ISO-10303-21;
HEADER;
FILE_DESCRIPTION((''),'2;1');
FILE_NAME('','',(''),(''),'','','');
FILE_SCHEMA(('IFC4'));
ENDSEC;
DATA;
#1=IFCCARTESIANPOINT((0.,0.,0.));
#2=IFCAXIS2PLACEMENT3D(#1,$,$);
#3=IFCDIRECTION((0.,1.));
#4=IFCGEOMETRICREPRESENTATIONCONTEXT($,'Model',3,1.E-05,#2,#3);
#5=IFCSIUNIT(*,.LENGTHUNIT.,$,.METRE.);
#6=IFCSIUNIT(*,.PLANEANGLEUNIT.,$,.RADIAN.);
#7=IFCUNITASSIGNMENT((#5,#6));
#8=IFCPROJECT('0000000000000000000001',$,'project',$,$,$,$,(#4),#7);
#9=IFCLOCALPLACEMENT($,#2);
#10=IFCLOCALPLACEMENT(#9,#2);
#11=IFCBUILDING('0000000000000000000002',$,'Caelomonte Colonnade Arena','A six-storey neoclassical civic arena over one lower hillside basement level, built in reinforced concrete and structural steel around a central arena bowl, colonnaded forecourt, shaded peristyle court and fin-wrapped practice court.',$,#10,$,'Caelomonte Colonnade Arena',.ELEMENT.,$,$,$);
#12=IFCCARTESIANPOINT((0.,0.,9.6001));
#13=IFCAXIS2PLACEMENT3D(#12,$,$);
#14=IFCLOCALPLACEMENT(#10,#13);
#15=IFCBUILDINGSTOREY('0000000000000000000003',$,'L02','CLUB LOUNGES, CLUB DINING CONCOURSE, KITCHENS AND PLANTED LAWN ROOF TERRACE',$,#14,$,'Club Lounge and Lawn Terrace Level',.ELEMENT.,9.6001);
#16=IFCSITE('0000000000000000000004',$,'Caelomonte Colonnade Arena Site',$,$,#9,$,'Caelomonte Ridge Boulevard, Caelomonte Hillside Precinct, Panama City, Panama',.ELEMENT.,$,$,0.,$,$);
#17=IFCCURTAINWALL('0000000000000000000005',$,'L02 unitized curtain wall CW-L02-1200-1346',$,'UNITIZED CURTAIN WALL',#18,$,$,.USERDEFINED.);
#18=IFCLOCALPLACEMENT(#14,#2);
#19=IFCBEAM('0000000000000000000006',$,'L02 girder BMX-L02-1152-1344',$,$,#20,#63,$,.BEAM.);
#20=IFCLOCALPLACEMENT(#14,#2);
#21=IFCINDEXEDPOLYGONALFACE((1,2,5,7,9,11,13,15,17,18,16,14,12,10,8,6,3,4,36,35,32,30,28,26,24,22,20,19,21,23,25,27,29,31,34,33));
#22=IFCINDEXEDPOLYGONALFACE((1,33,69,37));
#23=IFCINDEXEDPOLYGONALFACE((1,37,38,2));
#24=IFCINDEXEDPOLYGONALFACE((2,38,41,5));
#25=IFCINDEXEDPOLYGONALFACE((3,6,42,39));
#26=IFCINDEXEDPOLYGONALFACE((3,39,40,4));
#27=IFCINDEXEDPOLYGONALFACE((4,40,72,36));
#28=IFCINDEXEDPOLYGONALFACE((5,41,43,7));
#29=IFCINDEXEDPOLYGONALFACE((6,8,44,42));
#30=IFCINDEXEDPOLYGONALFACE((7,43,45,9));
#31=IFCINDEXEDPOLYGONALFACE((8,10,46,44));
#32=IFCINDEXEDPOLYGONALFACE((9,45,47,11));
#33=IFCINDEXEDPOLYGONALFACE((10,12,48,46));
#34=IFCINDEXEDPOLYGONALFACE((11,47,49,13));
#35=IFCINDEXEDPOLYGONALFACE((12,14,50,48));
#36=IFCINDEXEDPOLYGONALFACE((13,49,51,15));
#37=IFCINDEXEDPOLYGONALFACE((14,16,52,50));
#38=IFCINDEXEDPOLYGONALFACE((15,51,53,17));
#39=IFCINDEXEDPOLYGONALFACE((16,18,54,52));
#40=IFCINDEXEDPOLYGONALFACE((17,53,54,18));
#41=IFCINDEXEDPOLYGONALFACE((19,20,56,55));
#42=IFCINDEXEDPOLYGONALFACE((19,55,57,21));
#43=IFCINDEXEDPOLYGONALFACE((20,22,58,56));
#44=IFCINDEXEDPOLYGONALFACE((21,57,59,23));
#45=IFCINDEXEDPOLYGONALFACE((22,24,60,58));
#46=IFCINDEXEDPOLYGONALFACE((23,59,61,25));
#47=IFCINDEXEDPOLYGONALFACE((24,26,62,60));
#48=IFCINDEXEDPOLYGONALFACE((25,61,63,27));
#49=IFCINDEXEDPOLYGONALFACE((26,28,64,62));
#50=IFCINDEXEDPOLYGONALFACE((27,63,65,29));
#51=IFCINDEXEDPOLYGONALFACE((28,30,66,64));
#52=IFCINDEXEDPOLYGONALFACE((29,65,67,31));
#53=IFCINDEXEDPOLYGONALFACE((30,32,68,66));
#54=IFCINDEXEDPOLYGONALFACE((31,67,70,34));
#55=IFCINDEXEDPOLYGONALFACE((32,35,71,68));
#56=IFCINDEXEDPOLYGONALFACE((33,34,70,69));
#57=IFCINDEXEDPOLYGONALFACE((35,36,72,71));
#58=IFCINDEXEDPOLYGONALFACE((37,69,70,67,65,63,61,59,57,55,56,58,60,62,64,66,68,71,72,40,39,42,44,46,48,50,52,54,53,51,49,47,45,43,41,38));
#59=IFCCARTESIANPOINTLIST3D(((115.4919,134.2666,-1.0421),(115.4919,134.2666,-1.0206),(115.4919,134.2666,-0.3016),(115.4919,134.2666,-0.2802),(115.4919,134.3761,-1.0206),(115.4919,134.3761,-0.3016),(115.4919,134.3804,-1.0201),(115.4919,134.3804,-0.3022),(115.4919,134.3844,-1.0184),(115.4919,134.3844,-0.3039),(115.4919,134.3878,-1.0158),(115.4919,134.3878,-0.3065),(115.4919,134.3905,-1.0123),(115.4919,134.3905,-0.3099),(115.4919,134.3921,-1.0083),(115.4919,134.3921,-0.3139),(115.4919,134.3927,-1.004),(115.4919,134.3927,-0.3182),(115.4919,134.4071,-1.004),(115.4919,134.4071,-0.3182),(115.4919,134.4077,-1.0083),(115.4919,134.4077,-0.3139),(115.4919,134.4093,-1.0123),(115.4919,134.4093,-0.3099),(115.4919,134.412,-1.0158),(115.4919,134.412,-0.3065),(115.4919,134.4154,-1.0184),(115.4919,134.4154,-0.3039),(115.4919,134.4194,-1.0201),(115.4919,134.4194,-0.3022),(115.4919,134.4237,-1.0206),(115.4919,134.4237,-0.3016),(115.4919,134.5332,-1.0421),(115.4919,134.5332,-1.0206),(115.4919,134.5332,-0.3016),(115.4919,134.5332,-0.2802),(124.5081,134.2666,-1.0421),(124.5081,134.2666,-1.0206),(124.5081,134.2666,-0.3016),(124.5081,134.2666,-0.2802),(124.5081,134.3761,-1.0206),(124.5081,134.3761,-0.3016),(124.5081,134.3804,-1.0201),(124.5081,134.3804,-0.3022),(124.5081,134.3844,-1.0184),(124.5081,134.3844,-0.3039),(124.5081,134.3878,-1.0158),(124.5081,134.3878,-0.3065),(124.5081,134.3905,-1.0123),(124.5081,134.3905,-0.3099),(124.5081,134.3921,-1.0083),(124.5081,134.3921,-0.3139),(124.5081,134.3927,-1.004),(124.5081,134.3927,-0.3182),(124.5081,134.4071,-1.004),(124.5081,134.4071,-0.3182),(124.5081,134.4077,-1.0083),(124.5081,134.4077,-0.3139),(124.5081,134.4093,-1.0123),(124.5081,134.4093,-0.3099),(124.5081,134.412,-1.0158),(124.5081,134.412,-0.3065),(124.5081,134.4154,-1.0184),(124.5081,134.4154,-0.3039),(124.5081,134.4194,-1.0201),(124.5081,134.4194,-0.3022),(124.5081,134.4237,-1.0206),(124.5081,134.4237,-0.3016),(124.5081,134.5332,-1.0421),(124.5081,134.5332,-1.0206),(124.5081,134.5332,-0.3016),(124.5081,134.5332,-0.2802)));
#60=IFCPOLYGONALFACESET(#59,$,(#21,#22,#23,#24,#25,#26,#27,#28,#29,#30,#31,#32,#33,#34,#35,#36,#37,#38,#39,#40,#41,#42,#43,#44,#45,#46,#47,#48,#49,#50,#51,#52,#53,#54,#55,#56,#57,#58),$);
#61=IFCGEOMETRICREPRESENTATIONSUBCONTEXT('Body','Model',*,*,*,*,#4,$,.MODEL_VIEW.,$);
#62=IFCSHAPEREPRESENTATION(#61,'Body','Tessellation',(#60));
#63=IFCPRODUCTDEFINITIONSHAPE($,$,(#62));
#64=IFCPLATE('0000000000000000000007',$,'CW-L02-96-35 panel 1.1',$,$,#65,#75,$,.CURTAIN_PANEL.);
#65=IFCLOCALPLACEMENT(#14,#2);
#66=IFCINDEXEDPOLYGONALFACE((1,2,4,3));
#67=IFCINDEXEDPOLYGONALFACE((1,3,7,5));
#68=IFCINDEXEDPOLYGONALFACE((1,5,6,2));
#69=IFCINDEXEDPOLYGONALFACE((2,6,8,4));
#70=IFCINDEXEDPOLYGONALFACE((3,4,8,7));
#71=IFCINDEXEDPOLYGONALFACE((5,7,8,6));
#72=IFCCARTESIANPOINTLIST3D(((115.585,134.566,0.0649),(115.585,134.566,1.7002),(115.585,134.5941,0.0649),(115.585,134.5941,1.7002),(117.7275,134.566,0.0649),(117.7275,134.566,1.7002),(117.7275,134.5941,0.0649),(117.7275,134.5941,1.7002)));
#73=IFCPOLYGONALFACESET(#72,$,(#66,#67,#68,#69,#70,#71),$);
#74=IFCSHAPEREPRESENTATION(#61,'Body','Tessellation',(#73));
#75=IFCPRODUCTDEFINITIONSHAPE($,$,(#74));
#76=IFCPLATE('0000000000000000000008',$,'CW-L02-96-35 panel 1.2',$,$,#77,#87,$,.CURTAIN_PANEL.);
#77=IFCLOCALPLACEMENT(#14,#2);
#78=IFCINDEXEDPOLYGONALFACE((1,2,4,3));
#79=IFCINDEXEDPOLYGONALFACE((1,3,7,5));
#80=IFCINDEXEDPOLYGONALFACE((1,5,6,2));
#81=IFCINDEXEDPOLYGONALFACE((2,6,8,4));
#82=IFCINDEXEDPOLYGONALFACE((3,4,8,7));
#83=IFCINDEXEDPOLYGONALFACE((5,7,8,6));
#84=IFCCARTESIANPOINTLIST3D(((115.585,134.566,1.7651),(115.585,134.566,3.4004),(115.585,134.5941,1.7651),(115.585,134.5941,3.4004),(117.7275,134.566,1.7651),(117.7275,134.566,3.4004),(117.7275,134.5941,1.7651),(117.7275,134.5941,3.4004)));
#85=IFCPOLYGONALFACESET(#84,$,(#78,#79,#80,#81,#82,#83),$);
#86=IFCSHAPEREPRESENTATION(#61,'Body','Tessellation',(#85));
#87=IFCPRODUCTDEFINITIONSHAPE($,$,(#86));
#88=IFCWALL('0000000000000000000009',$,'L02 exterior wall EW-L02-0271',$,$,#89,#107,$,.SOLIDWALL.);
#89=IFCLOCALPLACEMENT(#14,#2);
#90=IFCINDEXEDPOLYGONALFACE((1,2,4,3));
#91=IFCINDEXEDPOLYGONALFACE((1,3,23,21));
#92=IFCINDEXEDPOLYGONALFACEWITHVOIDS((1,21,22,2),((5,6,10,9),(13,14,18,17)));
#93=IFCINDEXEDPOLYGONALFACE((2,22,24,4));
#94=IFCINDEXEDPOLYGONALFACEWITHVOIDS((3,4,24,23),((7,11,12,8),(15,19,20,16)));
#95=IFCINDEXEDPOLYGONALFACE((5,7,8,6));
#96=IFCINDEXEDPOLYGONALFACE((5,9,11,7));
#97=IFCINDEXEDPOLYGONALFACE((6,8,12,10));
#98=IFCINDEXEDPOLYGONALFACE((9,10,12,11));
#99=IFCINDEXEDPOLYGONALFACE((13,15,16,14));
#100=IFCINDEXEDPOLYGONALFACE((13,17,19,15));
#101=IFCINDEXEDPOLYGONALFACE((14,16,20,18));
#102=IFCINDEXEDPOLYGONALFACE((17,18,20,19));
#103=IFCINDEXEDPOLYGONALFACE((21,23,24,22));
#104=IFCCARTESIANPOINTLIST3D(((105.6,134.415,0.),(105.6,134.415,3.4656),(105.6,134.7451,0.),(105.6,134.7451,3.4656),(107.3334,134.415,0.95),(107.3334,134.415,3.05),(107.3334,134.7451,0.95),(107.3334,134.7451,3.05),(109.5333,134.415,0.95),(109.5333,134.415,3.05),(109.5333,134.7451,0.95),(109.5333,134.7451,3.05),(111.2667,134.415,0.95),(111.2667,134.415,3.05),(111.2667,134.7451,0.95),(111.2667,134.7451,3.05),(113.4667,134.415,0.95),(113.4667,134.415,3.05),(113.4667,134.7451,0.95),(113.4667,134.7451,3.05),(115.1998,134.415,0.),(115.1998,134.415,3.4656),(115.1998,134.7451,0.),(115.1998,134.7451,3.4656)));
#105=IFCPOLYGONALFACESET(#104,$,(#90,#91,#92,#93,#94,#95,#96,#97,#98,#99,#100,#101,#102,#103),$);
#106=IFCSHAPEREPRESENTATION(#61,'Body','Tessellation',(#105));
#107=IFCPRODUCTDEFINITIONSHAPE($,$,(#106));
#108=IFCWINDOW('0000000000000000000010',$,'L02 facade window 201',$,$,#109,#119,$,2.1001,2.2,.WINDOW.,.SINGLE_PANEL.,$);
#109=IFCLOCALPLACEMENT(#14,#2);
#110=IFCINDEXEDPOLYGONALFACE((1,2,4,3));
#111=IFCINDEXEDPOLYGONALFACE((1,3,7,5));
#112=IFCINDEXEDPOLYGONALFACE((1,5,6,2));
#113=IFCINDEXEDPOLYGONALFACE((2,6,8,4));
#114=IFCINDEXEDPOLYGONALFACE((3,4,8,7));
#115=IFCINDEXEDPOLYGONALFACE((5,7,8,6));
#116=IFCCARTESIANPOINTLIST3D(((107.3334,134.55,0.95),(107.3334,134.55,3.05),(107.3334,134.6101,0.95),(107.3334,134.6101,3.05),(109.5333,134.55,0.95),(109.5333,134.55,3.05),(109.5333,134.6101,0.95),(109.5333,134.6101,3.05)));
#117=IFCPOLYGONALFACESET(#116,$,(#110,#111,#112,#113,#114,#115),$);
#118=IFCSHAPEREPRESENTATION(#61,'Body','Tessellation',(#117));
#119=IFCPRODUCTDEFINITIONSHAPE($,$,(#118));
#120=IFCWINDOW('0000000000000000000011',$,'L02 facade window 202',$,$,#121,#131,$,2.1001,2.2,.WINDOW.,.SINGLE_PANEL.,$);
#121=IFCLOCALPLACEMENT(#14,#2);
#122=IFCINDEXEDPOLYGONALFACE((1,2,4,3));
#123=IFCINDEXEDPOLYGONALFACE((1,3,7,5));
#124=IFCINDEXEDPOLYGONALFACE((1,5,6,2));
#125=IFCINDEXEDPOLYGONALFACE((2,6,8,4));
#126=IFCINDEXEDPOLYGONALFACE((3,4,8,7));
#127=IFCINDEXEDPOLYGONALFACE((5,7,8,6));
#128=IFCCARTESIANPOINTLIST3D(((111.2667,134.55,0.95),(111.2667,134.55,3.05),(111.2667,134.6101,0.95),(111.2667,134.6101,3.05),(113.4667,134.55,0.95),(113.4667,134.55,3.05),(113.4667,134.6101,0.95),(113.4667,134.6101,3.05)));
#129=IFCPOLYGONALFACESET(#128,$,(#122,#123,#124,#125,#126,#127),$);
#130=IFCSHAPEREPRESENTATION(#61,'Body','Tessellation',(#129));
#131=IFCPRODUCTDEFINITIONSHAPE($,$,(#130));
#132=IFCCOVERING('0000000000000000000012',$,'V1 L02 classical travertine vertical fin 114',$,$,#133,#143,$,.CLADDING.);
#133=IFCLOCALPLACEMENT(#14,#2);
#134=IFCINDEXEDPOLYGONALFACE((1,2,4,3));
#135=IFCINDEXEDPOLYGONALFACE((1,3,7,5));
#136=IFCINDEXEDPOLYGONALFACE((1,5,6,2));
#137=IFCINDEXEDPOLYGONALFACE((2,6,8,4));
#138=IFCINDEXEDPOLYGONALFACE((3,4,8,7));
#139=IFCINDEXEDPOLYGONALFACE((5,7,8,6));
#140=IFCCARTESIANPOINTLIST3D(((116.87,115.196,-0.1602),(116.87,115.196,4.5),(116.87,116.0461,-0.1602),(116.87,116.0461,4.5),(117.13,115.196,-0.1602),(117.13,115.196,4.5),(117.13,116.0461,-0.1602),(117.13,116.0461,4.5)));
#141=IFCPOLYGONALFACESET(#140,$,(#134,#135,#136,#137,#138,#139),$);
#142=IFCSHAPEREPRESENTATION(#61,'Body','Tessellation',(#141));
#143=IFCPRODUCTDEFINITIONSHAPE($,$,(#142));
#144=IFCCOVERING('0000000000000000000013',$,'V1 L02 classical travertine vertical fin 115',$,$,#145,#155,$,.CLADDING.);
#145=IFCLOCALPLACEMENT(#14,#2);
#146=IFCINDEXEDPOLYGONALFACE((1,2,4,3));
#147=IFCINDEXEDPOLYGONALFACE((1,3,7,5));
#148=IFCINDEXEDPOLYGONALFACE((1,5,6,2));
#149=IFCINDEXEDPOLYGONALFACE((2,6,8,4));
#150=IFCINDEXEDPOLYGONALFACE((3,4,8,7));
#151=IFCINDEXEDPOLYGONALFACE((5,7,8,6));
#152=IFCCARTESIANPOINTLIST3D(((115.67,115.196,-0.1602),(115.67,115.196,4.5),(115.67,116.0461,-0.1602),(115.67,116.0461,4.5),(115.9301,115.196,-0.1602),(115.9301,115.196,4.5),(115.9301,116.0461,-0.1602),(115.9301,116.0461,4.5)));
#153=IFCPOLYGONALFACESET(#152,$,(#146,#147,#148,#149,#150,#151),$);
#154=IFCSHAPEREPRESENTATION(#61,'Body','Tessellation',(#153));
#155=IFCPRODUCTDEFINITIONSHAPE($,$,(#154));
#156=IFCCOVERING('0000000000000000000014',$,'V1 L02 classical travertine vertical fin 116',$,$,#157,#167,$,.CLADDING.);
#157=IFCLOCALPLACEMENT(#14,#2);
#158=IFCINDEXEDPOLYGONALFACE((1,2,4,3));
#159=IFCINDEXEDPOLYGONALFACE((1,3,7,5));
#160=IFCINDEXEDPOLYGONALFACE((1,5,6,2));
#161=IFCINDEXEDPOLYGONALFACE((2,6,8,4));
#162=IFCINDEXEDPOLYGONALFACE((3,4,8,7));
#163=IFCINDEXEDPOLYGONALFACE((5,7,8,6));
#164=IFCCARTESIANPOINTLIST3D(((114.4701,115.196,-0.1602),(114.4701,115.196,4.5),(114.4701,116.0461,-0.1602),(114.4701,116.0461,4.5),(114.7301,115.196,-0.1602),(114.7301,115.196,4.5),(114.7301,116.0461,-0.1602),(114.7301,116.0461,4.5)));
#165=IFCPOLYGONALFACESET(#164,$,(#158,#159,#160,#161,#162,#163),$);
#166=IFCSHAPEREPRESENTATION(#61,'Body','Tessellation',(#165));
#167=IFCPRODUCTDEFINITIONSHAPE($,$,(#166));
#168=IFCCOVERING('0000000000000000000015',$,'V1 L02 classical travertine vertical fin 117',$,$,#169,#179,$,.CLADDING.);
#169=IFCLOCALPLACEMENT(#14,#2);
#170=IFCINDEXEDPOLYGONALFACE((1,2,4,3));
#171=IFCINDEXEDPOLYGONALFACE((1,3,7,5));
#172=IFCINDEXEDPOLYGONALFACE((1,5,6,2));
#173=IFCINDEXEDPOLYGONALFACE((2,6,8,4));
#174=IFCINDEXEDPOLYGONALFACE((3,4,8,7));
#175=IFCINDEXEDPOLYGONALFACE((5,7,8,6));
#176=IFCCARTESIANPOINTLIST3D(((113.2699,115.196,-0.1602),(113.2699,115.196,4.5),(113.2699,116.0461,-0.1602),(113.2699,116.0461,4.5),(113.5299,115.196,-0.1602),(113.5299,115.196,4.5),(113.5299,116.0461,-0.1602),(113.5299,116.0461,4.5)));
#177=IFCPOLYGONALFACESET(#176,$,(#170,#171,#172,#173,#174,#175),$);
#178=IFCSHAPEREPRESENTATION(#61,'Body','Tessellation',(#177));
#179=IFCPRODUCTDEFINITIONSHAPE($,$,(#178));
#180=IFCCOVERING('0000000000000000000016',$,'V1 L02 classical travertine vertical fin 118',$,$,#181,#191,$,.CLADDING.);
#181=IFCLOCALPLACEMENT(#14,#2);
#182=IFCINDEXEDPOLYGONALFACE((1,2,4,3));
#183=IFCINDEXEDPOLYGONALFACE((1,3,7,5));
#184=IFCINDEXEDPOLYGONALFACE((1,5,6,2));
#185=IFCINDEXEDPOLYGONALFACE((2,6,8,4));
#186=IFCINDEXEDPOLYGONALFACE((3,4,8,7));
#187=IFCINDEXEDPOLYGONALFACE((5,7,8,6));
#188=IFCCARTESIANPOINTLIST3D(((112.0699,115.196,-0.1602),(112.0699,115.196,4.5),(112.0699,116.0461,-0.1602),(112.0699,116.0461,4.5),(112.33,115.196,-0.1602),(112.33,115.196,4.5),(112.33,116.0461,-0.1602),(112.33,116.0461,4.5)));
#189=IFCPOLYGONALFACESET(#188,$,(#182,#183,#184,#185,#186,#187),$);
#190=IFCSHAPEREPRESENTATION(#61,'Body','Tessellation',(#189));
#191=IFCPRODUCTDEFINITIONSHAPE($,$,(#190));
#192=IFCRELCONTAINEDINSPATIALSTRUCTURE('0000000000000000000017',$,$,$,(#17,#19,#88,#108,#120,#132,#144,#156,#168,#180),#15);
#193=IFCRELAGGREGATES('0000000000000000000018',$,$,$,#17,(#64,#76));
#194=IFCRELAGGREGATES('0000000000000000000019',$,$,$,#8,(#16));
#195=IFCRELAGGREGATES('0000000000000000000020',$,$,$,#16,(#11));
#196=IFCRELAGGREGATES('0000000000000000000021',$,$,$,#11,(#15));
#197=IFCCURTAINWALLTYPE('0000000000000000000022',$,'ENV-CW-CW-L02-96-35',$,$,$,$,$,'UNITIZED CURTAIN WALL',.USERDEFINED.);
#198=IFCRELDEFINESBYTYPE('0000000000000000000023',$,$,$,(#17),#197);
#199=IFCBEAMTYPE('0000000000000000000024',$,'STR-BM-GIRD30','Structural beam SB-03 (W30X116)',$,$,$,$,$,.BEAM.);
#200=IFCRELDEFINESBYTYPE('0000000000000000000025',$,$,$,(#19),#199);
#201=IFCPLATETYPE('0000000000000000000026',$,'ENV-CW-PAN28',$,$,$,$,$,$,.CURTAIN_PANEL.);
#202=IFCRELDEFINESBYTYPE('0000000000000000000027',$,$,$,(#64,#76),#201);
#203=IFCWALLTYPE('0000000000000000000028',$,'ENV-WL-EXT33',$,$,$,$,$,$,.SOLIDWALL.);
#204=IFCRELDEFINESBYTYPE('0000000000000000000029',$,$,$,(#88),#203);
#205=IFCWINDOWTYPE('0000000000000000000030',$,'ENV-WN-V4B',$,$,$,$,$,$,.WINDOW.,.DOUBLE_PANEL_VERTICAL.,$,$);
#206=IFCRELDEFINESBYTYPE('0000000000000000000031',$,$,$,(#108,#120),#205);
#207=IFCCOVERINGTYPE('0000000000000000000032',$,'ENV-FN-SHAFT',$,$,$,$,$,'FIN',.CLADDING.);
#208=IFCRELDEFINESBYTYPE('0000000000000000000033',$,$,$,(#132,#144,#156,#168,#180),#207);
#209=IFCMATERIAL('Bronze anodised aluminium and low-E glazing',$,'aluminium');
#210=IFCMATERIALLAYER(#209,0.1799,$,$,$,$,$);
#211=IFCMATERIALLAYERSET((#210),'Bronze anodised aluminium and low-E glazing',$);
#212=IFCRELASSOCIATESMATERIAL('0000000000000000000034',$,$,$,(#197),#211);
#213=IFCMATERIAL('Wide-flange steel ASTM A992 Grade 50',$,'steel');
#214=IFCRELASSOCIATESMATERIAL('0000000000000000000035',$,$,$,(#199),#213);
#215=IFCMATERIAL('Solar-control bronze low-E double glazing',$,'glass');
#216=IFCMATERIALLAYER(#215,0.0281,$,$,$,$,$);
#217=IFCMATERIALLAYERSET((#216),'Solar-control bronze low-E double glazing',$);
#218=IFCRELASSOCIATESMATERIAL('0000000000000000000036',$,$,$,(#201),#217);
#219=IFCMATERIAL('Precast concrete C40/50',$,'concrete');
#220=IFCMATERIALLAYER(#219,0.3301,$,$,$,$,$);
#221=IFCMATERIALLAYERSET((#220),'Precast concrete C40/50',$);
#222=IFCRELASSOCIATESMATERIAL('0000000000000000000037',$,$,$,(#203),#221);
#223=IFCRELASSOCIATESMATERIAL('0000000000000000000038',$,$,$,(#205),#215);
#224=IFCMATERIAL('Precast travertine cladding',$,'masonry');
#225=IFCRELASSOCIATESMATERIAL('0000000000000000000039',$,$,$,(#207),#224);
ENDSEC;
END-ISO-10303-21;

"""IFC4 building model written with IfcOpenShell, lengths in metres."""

from ifc_helpers import new_model, si_unit, direction, frame, frame_2d, origin, origin_2d, place, context, subcontext, project, spatial, rectangle, i_section, extrude, material, layer, layer_set, material_profile, profile_set, type_object, element, fill, aggregate, save


model = new_model("IFC4")

# Units and contexts
model_context = context("Model", 3, precision=1e-05, world=origin(), true_north=direction((0.0, 1.0)))
body_context = subcontext(model_context, "Body", "Model", "MODEL_VIEW")
ifc_project = project(units=[si_unit("LENGTHUNIT", "METRE"), si_unit("PLANEANGLEUNIT", "RADIAN")], contexts=[model_context])

# Site, building, storey
site_placement = place(None, origin())
site = spatial("IfcSite", under=ifc_project, at=site_placement, Name="Caelomonte Colonnade Arena Site", LongName="Caelomonte Ridge Boulevard, Caelomonte Hillside Precinct, Panama City, Panama", CompositionType="ELEMENT", RefElevation=0.0)
building_placement = place(site_placement, origin())
building = spatial("IfcBuilding", under=site, at=building_placement, Name="Caelomonte Colonnade Arena", Description="A six-storey neoclassical civic arena over one lower hillside basement level, built in reinforced concrete and structural steel around a central arena bowl, colonnaded forecourt, shaded peristyle court and fin-wrapped practice court.", LongName="Caelomonte Colonnade Arena", CompositionType="ELEMENT")
storey_placement = place(building_placement, frame((0.0, 0.0, 9.6001)))
storey = spatial("IfcBuildingStorey", under=building, at=storey_placement, Name="L02", Description="CLUB LOUNGES, CLUB DINING CONCOURSE, KITCHENS AND PLANTED LAWN ROOF TERRACE", LongName="Club Lounge and Lawn Terrace Level", CompositionType="ELEMENT", Elevation=9.6001)

# Curtain wall
ifc_material_1 = material(Name="Bronze anodised aluminium and low-E glazing", Category="aluminium")
ifc_layer_1 = layer(ifc_material_1, 0.1799)
ifc_layer_set_1 = layer_set([ifc_layer_1], Name="Bronze anodised aluminium and low-E glazing")
curtain_wall_type = type_object("IfcCurtainWallType", Name="ENV-CW-CW-L02-96-35", ElementType="UNITIZED CURTAIN WALL", PredefinedType="USERDEFINED", material=ifc_layer_set_1)
curtain_wall_placement = place(storey_placement, origin())
curtain_wall = element("IfcCurtainWall", 1, at=curtain_wall_placement, inside=storey, type_object=curtain_wall_type, Name="L02 unitized curtain wall CW-L02-1200-1346", ObjectType="UNITIZED CURTAIN WALL", PredefinedType="USERDEFINED")

# Beam
ifc_material_2 = material(Name="Wide-flange steel ASTM A992 Grade 50", Category="steel")
ifc_material_profile_1 = material_profile(ifc_material_2, i_section(OverallWidth=0.2666, OverallDepth=0.762, WebThickness=0.0144, FlangeThickness=0.0215, FilletRadius=0.0166, at=origin_2d()), Name="W30X116")
ifc_profile_set_1 = profile_set([ifc_material_profile_1], Name="Wide-flange steel ASTM A992 Grade 50")
beam_type = type_object("IfcBeamType", Name="STR-BM-GIRD30", Description="Structural beam SB-03 (W30X116)", PredefinedType="BEAM", material=ifc_profile_set_1)
beam_1_placement = place(storey_placement, frame((115.4919, 134.3999, -0.6611), z_axis=(1.0, 0.0, 0.0), x_axis=(0.0, 1.0, 0.0)))
element("IfcBeam", 2, at=beam_1_placement, inside=storey, type_object=beam_type, Name="L02 girder BMX-L02-1152-1344", PredefinedType="BEAM", context=body_context, shape_type="SweptSolid", body=[
    extrude(i_section(OverallWidth=0.2666, OverallDepth=0.762, WebThickness=0.0144, FlangeThickness=0.0215, FilletRadius=0.0166, at=origin_2d()), origin(), (0.0, 0.0, 1.0), 9.0161),
])

# Plates
ifc_material_3 = material(Name="Solar-control bronze low-E double glazing", Category="glass")
ifc_layer_2 = layer(ifc_material_3, 0.0281)
ifc_layer_set_2 = layer_set([ifc_layer_2], Name="Solar-control bronze low-E double glazing")
plate_type = type_object("IfcPlateType", Name="ENV-CW-PAN28", PredefinedType="CURTAIN_PANEL", material=ifc_layer_set_2)
plate_1_placement = place(storey_placement, frame((116.6562, 134.5801, 0.0649), z_axis=(0.0, 0.0, 1.0), x_axis=(1.0, 0.0, 0.0)))
plate_1 = element("IfcPlate", 3, at=plate_1_placement, type_object=plate_type, Name="CW-L02-96-35 panel 1.1", PredefinedType="CURTAIN_PANEL", context=body_context, shape_type="SweptSolid", body=[
    extrude(rectangle(XDim=2.1426, YDim=0.0281, at=origin_2d()), origin(), (0.0, 0.0, 1.0), 1.6353),
])
plate_2_placement = place(storey_placement, frame((116.6562, 134.5801, 1.7651), z_axis=(0.0, 0.0, 1.0), x_axis=(1.0, 0.0, 0.0)))
plate_2 = element("IfcPlate", 4, at=plate_2_placement, type_object=plate_type, Name="CW-L02-96-35 panel 1.2", PredefinedType="CURTAIN_PANEL", context=body_context, shape_type="SweptSolid", body=[
    extrude(rectangle(XDim=2.1426, YDim=0.0281, at=origin_2d()), origin(), (0.0, 0.0, 1.0), 1.6353),
])
aggregate(curtain_wall, [plate_1, plate_2])

# Wall, openings, windows
ifc_material_4 = material(Name="Precast concrete C40/50", Category="concrete")
ifc_layer_3 = layer(ifc_material_4, 0.3301)
ifc_layer_set_3 = layer_set([ifc_layer_3], Name="Precast concrete C40/50")
wall_type = type_object("IfcWallType", Name="ENV-WL-EXT33", PredefinedType="SOLIDWALL", material=ifc_layer_set_3)
wall_placement = place(storey_placement, frame((105.6001, 134.5801, 0.0), z_axis=(0.0, 0.0, 1.0), x_axis=(1.0, 0.0, 0.0)))
wall = element("IfcWall", 5, at=wall_placement, inside=storey, type_object=wall_type, Name="L02 exterior wall EW-L02-0271", PredefinedType="SOLIDWALL", context=body_context, shape_type="SweptSolid", body=[
    extrude(rectangle(XDim=9.5999, YDim=0.3301, at=frame_2d((4.7998, 0.0))), origin(), (0.0, 0.0, 1.0), 3.4656),
])
opening_1_placement = place(wall_placement, frame((3.9333, 0.0, 0.95), z_axis=(0.0, 0.0, 1.0), x_axis=(-1.0, 0.0, 0.0)))
opening_1 = element("IfcOpeningElement", 6, at=opening_1_placement, cuts=wall, PredefinedType="OPENING", context=body_context, shape_type="SweptSolid", body=[
    extrude(rectangle(XDim=2.2, YDim=2.1001, at=frame_2d((1.1001, 1.05))), frame((0.0, 0.175, 0.0), z_axis=(0.0, -1.0, 0.0), x_axis=(1.0, 0.0, 0.0)), (0.0, 0.0, 1.0), 0.3501),
])
opening_2_placement = place(wall_placement, frame((7.8667, 0.0, 0.95), z_axis=(0.0, 0.0, 1.0), x_axis=(-1.0, 0.0, 0.0)))
opening_2 = element("IfcOpeningElement", 7, at=opening_2_placement, cuts=wall, PredefinedType="OPENING", context=body_context, shape_type="SweptSolid", body=[
    extrude(rectangle(XDim=2.2, YDim=2.1001, at=frame_2d((1.1001, 1.05))), frame((0.0, 0.175, 0.0), z_axis=(0.0, -1.0, 0.0), x_axis=(1.0, 0.0, 0.0)), (0.0, 0.0, 1.0), 0.3501),
])
window_type = type_object("IfcWindowType", Name="ENV-WN-V4B", PartitioningType="DOUBLE_PANEL_VERTICAL", PredefinedType="WINDOW", material=ifc_material_3)
window_1_placement = place(opening_1_placement, origin())
window_1 = element("IfcWindow", 8, at=window_1_placement, inside=storey, type_object=window_type, Name="L02 facade window 201", OverallHeight=2.1001, OverallWidth=2.2, PartitioningType="SINGLE_PANEL", PredefinedType="WINDOW", context=body_context, shape_type="SweptSolid", body=[
    extrude(rectangle(XDim=2.2, YDim=2.1001, at=frame_2d((1.1001, 1.05))), frame((0.0, 0.03, 0.0), z_axis=(0.0, -1.0, 0.0), x_axis=(1.0, 0.0, 0.0)), (0.0, 0.0, 1.0), 0.0601),
])
fill(opening_1, window_1)
window_2_placement = place(opening_2_placement, origin())
window_2 = element("IfcWindow", 9, at=window_2_placement, inside=storey, type_object=window_type, Name="L02 facade window 202", OverallHeight=2.1001, OverallWidth=2.2, PartitioningType="SINGLE_PANEL", PredefinedType="WINDOW", context=body_context, shape_type="SweptSolid", body=[
    extrude(rectangle(XDim=2.2, YDim=2.1001, at=frame_2d((1.1001, 1.05))), frame((0.0, 0.03, 0.0), z_axis=(0.0, -1.0, 0.0), x_axis=(1.0, 0.0, 0.0)), (0.0, 0.0, 1.0), 0.0601),
])
fill(opening_2, window_2)

# Coverings
ifc_material_5 = material(Name="Precast travertine cladding", Category="masonry")
ifc_material_profile_2 = material_profile(ifc_material_5, rectangle(XDim=0.26, YDim=0.8501, at=origin_2d()), Name="FIN260X850")
ifc_profile_set_2 = profile_set([ifc_material_profile_2], Name="Precast travertine cladding")
covering_type = type_object("IfcCoveringType", Name="ENV-FN-SHAFT", ElementType="FIN", PredefinedType="CLADDING", material=ifc_profile_set_2)
for number, where, z_axis, x_axis, name in (
    (10, (117.0, 115.6211, -0.1602), (0.0, 0.0, 1.0), (1.0, 0.0, 0.0), "V1 L02 classical travertine vertical fin 114"),
    (11, (115.8, 115.6211, -0.1602), (0.0, 0.0, 1.0), (1.0, 0.0, 0.0), "V1 L02 classical travertine vertical fin 115"),
    (12, (114.6001, 115.6211, -0.1602), (0.0, 0.0, 1.0), (1.0, 0.0, 0.0), "V1 L02 classical travertine vertical fin 116"),
    (13, (113.3999, 115.6211, -0.1602), (0.0, 0.0, 1.0), (1.0, 0.0, 0.0), "V1 L02 classical travertine vertical fin 117"),
    (14, (112.2, 115.6211, -0.1602), (0.0, 0.0, 1.0), (1.0, 0.0, 0.0), "V1 L02 classical travertine vertical fin 118"),
):
    element("IfcCovering", number, at=place(storey_placement, frame(where, z_axis=z_axis, x_axis=x_axis)), inside=storey, type_object=covering_type, Name=name, PredefinedType="CLADDING", context=body_context, shape_type="SweptSolid", body=[
        extrude(rectangle(XDim=0.26, YDim=0.8501, at=origin_2d()), origin(), (0.0, 0.0, 1.0), 4.6602),
    ])

save(model, "model.ifc")
